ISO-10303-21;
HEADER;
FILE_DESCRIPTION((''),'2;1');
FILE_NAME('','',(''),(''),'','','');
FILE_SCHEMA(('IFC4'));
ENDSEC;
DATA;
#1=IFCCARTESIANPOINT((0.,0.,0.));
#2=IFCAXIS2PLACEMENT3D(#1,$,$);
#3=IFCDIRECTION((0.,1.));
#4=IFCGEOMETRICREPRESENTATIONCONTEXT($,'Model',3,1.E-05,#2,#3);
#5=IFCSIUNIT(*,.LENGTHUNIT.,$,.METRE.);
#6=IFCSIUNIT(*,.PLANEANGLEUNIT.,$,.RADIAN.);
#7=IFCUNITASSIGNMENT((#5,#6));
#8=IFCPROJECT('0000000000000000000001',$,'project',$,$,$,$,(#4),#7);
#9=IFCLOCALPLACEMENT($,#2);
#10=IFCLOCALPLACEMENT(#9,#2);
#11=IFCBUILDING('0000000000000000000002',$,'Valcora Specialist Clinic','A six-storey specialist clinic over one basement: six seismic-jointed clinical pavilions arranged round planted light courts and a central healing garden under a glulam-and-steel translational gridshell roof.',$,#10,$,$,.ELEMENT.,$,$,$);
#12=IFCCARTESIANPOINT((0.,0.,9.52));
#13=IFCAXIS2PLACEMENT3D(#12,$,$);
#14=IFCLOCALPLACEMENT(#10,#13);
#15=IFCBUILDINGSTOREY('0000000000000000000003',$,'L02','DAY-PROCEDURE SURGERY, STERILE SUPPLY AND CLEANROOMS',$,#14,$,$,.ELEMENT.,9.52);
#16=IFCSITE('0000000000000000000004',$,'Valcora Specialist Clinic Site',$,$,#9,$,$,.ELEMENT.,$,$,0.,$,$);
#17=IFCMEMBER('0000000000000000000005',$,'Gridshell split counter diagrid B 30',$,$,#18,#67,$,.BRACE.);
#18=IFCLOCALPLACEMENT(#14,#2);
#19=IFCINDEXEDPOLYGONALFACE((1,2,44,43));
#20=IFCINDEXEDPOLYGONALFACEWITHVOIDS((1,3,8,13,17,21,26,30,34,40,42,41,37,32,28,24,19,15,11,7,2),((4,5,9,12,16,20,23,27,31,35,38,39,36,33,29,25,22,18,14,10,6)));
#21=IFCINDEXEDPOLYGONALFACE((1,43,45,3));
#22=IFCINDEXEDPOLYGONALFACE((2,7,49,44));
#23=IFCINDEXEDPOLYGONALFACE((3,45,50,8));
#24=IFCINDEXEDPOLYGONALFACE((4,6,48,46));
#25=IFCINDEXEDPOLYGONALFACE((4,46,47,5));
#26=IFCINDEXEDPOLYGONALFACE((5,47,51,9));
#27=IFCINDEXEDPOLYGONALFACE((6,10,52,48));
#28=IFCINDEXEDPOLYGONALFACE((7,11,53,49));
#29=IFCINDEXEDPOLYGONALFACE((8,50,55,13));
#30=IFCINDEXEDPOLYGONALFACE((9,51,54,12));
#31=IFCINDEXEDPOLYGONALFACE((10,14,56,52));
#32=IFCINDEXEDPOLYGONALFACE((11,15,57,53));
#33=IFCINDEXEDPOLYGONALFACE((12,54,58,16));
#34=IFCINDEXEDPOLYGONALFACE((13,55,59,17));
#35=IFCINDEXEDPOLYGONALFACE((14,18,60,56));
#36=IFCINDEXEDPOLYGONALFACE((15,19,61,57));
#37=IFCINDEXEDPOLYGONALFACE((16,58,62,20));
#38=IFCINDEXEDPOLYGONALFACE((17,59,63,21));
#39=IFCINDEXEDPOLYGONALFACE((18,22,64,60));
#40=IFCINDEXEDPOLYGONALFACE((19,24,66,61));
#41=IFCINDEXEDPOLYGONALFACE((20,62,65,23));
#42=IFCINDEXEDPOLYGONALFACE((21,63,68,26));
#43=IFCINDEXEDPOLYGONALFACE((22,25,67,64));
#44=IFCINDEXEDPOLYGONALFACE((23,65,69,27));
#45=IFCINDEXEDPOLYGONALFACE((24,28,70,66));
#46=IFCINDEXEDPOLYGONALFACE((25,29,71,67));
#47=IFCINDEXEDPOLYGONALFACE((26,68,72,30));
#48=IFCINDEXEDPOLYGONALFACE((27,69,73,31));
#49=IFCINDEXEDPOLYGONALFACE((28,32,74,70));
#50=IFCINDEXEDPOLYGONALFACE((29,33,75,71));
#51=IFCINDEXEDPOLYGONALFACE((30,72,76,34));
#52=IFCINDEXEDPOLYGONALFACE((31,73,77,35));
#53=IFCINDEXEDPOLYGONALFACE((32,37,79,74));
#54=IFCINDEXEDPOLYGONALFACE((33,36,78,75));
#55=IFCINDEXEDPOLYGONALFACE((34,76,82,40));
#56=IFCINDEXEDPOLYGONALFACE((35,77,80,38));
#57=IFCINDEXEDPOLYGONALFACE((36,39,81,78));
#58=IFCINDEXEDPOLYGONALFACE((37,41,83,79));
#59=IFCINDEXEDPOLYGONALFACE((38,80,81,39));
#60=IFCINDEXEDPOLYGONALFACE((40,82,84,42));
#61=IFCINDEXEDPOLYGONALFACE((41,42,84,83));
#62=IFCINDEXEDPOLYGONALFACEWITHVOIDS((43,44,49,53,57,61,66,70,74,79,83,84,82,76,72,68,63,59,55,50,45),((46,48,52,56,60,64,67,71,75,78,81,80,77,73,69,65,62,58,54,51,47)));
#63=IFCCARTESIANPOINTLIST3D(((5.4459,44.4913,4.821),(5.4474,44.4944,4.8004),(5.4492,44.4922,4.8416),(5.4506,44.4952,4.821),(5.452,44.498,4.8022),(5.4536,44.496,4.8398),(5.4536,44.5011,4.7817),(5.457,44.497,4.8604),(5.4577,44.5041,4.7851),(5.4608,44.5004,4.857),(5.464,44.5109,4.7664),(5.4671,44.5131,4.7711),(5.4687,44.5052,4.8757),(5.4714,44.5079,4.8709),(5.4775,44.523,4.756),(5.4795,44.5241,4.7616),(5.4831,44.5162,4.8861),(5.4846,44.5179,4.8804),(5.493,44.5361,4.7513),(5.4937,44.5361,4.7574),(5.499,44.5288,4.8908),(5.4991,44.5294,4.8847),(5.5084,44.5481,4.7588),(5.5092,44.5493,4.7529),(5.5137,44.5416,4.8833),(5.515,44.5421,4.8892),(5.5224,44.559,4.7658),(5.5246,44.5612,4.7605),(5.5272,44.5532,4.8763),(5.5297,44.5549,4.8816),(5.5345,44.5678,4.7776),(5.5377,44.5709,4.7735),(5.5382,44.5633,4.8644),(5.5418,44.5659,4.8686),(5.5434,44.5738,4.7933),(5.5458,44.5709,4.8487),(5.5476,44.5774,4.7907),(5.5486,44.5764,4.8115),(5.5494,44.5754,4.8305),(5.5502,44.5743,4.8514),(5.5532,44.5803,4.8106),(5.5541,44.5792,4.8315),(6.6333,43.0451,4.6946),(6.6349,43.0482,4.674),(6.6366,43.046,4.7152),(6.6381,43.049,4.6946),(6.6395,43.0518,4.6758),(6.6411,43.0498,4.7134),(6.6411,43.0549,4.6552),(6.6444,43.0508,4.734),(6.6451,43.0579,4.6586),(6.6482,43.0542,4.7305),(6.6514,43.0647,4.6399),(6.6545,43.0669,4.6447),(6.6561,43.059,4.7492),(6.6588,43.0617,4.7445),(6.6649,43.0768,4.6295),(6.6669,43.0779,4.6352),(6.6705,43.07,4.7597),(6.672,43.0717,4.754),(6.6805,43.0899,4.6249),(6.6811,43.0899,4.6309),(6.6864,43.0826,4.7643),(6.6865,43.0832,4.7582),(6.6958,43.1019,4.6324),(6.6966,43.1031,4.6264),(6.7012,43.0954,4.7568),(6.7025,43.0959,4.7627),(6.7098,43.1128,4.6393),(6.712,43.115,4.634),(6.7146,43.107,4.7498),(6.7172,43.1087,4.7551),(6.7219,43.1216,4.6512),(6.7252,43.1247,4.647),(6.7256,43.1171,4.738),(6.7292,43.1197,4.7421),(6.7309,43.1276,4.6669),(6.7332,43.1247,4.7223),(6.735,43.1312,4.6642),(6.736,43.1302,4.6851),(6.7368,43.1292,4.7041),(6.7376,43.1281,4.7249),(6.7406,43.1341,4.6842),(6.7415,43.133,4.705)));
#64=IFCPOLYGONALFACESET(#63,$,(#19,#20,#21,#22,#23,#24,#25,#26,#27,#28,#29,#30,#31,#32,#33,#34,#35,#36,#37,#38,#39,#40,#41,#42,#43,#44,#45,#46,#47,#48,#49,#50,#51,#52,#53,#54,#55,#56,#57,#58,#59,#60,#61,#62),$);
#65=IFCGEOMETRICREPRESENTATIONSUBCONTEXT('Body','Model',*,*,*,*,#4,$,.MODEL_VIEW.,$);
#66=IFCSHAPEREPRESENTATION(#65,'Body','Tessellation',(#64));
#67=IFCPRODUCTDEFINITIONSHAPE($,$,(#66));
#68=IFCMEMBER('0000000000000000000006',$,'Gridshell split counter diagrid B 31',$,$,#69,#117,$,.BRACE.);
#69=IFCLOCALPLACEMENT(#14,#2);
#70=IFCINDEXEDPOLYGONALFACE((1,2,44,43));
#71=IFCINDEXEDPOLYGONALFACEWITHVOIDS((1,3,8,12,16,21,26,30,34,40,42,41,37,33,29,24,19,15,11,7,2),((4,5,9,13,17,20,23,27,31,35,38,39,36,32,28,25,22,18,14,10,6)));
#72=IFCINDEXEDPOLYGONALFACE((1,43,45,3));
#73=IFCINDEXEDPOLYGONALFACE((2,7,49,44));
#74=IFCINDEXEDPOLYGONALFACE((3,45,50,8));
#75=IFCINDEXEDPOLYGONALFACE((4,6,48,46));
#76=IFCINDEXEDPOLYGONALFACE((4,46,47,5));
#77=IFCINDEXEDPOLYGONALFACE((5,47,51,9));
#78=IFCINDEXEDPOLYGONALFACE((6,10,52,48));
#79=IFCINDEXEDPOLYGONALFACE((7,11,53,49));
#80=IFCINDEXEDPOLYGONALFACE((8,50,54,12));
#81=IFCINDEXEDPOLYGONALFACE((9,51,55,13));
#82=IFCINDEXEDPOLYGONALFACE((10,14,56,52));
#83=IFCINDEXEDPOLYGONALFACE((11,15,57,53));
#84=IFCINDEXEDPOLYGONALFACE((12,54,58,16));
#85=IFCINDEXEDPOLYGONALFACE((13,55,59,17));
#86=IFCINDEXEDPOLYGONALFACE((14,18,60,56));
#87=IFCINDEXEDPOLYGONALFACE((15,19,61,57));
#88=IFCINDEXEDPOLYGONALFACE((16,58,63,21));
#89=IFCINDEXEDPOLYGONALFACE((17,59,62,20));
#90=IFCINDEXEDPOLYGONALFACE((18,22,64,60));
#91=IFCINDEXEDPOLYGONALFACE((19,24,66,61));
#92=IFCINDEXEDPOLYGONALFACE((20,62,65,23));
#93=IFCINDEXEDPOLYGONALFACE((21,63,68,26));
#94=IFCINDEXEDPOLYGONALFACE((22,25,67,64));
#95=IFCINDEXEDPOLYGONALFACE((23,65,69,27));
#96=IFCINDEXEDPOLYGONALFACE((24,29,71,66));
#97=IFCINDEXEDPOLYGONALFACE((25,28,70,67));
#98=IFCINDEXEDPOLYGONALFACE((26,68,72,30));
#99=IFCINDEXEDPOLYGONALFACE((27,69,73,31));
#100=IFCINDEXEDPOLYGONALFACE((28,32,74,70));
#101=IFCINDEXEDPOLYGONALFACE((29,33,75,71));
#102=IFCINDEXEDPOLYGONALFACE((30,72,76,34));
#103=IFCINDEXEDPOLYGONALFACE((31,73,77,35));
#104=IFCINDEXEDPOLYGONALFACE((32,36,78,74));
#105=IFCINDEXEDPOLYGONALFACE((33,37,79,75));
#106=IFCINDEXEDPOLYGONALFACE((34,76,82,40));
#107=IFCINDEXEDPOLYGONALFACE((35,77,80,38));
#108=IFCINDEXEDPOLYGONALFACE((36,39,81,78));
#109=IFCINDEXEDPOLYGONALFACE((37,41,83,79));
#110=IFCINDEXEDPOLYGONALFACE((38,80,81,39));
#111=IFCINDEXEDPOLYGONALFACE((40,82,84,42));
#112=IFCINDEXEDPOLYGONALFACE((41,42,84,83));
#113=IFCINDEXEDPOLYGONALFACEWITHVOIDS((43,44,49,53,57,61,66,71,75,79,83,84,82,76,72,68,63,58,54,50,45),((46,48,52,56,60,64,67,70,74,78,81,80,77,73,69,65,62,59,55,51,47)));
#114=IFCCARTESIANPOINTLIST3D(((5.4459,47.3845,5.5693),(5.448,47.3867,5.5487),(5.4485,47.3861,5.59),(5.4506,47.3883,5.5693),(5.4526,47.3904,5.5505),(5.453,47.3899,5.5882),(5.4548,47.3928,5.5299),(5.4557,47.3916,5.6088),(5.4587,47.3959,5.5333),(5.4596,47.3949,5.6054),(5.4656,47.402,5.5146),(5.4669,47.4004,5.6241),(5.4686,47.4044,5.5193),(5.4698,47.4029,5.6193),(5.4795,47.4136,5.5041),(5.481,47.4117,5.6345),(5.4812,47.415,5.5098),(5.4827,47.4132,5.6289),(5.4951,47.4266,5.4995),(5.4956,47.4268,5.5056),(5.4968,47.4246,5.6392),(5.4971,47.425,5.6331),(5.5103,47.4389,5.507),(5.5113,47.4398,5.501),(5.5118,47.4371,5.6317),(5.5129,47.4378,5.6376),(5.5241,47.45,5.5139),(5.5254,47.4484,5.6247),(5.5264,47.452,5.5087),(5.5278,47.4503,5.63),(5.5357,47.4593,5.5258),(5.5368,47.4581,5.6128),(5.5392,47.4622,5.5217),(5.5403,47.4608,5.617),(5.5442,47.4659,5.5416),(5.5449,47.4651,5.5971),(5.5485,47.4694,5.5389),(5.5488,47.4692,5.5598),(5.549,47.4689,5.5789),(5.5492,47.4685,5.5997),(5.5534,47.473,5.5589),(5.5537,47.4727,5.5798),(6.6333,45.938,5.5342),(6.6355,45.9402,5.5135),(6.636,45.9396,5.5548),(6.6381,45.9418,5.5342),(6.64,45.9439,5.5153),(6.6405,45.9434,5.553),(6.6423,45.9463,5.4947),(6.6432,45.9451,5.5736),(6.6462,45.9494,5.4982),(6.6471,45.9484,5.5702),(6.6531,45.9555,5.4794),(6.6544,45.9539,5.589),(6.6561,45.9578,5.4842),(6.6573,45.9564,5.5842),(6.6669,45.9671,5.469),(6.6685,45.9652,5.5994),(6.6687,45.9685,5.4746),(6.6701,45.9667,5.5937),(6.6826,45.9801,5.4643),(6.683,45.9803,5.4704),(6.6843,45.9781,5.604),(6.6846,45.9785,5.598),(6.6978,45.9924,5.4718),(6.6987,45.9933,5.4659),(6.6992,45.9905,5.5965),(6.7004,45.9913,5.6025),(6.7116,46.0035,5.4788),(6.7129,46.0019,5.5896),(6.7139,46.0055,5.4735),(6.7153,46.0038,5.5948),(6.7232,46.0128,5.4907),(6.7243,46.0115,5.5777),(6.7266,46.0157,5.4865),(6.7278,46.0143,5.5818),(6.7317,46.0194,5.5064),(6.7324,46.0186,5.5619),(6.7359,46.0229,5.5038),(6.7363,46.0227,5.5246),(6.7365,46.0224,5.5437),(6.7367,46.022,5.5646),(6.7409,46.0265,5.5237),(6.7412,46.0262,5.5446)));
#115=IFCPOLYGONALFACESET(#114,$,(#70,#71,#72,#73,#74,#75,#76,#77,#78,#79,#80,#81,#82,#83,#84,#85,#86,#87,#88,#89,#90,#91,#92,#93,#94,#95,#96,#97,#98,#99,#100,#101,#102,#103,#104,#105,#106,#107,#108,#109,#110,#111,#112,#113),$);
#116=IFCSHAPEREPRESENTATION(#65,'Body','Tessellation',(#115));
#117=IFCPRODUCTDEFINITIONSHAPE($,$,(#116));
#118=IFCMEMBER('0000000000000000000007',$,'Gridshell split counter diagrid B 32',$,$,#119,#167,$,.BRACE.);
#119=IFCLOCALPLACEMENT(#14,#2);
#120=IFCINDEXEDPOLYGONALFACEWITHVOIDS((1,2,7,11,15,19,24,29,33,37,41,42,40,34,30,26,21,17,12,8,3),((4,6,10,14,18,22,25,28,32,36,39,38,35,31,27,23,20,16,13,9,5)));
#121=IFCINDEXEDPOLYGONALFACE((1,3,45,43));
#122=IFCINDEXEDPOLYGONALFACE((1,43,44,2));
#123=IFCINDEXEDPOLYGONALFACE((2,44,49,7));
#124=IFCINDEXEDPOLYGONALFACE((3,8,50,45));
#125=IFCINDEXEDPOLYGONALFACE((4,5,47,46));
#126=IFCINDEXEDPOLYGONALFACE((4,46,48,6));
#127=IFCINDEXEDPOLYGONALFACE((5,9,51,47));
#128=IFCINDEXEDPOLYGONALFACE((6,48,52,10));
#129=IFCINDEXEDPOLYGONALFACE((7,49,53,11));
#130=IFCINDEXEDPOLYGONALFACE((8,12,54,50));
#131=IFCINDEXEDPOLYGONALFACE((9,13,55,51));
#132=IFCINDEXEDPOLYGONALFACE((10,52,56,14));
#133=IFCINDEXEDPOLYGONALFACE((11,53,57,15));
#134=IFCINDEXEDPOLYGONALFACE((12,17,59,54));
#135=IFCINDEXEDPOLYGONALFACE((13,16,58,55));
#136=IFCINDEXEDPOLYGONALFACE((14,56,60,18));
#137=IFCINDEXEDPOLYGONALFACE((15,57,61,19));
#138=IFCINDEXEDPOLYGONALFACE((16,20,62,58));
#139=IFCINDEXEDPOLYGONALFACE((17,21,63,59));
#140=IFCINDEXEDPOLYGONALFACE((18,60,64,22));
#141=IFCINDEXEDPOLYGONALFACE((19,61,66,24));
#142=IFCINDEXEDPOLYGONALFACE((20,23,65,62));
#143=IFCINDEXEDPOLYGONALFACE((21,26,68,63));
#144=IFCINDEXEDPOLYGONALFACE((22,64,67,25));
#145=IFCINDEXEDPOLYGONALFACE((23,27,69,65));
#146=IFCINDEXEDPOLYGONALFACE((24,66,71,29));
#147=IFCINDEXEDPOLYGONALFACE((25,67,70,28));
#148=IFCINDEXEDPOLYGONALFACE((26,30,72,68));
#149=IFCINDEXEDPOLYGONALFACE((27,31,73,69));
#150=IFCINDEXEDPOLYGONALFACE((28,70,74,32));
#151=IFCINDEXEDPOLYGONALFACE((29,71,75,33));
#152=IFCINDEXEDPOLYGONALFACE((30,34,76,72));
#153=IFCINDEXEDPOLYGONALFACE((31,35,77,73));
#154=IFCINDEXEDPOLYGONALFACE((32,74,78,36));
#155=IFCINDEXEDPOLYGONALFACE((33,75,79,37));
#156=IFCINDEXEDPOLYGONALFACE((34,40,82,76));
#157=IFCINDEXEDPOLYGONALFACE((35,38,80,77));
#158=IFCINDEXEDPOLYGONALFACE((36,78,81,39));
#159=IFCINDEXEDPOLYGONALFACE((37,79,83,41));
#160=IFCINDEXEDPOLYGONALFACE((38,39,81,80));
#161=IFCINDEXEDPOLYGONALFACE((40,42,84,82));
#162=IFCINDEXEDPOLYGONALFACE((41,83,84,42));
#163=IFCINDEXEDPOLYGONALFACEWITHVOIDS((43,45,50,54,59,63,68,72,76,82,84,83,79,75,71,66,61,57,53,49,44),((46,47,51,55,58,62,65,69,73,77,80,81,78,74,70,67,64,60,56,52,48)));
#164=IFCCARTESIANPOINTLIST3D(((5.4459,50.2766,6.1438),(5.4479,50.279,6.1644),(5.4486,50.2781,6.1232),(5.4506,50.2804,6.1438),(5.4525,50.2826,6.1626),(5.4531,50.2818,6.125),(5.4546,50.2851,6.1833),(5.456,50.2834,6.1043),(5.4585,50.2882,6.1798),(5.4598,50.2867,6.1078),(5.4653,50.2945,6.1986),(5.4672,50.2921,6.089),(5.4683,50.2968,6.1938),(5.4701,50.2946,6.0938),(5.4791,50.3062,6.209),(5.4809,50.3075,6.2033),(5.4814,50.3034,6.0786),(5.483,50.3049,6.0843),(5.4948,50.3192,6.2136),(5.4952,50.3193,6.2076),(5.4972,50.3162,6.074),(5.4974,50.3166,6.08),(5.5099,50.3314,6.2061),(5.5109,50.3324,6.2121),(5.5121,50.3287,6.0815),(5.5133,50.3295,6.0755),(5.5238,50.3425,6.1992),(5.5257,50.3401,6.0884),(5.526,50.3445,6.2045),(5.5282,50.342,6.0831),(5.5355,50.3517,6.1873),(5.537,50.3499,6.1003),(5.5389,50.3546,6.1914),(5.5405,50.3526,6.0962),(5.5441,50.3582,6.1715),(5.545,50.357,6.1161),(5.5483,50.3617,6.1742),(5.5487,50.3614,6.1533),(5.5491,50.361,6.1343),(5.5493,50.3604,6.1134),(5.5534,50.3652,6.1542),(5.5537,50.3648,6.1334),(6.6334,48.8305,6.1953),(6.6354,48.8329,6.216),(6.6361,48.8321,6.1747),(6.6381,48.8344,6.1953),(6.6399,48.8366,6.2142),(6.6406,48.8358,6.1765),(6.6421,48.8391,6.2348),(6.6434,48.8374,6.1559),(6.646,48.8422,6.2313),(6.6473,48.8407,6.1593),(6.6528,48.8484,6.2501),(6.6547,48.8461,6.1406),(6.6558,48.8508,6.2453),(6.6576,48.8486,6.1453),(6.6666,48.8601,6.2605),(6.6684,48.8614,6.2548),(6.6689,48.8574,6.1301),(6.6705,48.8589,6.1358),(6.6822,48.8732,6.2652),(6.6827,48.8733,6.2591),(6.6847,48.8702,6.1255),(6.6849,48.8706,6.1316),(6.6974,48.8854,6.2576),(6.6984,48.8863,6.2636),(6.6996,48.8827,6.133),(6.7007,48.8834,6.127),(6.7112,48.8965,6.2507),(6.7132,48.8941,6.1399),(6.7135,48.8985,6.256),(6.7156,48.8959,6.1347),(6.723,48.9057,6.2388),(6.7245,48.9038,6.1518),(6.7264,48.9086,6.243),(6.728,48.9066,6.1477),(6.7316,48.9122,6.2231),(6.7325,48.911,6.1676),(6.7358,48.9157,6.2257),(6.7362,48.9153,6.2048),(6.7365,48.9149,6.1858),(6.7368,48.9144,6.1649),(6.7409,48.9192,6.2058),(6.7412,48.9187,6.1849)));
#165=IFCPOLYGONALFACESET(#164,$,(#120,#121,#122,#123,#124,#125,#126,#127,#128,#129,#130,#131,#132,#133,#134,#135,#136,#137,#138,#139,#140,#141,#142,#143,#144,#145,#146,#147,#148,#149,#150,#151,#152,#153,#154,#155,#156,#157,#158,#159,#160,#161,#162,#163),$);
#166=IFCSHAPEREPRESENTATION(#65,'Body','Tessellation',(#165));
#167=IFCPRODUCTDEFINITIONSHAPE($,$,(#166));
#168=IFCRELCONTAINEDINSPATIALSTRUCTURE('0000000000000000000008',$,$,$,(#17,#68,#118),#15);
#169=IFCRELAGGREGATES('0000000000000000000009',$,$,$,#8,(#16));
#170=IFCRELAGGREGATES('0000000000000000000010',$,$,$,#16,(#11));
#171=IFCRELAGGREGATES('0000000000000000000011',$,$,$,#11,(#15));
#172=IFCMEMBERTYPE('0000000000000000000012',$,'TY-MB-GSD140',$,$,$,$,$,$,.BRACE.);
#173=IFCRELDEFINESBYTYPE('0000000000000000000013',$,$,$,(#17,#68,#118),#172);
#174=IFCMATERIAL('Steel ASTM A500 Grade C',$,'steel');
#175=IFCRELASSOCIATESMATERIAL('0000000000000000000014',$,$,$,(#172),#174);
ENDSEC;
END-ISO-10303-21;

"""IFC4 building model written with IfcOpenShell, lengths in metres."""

from ifc_helpers import new_model, si_unit, direction, frame, origin, origin_2d, place, context, subcontext, project, spatial, hollow_circle, extrude, material, material_profile, profile_set, type_object, element, save


model = new_model("IFC4")

# Units and contexts
model_context = context("Model", 3, precision=1e-05, world=origin(), true_north=direction((0.0, 1.0)))
body_context = subcontext(model_context, "Body", "Model", "MODEL_VIEW")
ifc_project = project(units=[si_unit("LENGTHUNIT", "METRE"), si_unit("PLANEANGLEUNIT", "RADIAN")], contexts=[model_context])

# Site, building, storey
site_placement = place(None, origin())
site = spatial("IfcSite", under=ifc_project, at=site_placement, Name="Valcora Specialist Clinic Site", CompositionType="ELEMENT", RefElevation=0.0)
building_placement = place(site_placement, origin())
building = spatial("IfcBuilding", under=site, at=building_placement, Name="Valcora Specialist Clinic", Description="A six-storey specialist clinic over one basement: six seismic-jointed clinical pavilions arranged round planted light courts and a central healing garden under a glulam-and-steel translational gridshell roof.", CompositionType="ELEMENT")
storey_placement = place(building_placement, frame((0.0, 0.0, 9.52)))
storey = spatial("IfcBuildingStorey", under=building, at=storey_placement, Name="L02", Description="DAY-PROCEDURE SURGERY, STERILE SUPPLY AND CLEANROOMS", CompositionType="ELEMENT", Elevation=9.52)

# Members
ifc_material_1 = material(Name="Steel ASTM A500 Grade C", Category="steel")
ifc_material_profile_1 = material_profile(ifc_material_1, hollow_circle(Radius=0.0701, WallThickness=0.0061, at=origin_2d()), Name="ST-CHS-140X6")
ifc_profile_set_1 = profile_set([ifc_material_profile_1], Name="Steel ASTM A500 Grade C")
member_type_1 = type_object("IfcMemberType", Name="TY-MB-GSD140", PredefinedType="BRACE", material=ifc_profile_set_1)
member_1_placement = place(storey_placement, frame((6.6875, 43.0896, 4.6946), z_axis=(-0.633128, 0.771105, 0.067426), x_axis=(-0.772863, -0.634572, 0.0)))
element("IfcMember", 1, at=member_1_placement, inside=storey, type_object=member_type_1, Name="Gridshell split counter diagrid B 30", PredefinedType="BRACE", context=body_context, shape_type="SweptSolid", body=[
    extrude(hollow_circle(Radius=0.0701, WallThickness=0.0061, at=origin_2d()), origin(), (0.0, 0.0, 1.0), 1.8755),
])
for number, where, z_axis, x_axis, name in (
    (2, (6.6875, 45.9824, 5.5342), (-0.634397, 0.77278, 0.018781), (-0.772916, -0.634508, 0.0), "Gridshell split counter diagrid B 31"),
    (3, (6.6875, 48.875, 6.1953), (-0.634396, 0.772518, -0.02752), (-0.772811, -0.634636, 0.0), "Gridshell split counter diagrid B 32"),
):
    element("IfcMember", number, at=place(storey_placement, frame(where, z_axis=z_axis, x_axis=x_axis)), inside=storey, type_object=member_type_1, Name=name, PredefinedType="BRACE", context=body_context, shape_type="SweptSolid", body=[
        extrude(hollow_circle(Radius=0.0701, WallThickness=0.0061, at=origin_2d()), origin(), (0.0, 0.0, 1.0), 1.8718),
    ])

save(model, "model.ifc")
